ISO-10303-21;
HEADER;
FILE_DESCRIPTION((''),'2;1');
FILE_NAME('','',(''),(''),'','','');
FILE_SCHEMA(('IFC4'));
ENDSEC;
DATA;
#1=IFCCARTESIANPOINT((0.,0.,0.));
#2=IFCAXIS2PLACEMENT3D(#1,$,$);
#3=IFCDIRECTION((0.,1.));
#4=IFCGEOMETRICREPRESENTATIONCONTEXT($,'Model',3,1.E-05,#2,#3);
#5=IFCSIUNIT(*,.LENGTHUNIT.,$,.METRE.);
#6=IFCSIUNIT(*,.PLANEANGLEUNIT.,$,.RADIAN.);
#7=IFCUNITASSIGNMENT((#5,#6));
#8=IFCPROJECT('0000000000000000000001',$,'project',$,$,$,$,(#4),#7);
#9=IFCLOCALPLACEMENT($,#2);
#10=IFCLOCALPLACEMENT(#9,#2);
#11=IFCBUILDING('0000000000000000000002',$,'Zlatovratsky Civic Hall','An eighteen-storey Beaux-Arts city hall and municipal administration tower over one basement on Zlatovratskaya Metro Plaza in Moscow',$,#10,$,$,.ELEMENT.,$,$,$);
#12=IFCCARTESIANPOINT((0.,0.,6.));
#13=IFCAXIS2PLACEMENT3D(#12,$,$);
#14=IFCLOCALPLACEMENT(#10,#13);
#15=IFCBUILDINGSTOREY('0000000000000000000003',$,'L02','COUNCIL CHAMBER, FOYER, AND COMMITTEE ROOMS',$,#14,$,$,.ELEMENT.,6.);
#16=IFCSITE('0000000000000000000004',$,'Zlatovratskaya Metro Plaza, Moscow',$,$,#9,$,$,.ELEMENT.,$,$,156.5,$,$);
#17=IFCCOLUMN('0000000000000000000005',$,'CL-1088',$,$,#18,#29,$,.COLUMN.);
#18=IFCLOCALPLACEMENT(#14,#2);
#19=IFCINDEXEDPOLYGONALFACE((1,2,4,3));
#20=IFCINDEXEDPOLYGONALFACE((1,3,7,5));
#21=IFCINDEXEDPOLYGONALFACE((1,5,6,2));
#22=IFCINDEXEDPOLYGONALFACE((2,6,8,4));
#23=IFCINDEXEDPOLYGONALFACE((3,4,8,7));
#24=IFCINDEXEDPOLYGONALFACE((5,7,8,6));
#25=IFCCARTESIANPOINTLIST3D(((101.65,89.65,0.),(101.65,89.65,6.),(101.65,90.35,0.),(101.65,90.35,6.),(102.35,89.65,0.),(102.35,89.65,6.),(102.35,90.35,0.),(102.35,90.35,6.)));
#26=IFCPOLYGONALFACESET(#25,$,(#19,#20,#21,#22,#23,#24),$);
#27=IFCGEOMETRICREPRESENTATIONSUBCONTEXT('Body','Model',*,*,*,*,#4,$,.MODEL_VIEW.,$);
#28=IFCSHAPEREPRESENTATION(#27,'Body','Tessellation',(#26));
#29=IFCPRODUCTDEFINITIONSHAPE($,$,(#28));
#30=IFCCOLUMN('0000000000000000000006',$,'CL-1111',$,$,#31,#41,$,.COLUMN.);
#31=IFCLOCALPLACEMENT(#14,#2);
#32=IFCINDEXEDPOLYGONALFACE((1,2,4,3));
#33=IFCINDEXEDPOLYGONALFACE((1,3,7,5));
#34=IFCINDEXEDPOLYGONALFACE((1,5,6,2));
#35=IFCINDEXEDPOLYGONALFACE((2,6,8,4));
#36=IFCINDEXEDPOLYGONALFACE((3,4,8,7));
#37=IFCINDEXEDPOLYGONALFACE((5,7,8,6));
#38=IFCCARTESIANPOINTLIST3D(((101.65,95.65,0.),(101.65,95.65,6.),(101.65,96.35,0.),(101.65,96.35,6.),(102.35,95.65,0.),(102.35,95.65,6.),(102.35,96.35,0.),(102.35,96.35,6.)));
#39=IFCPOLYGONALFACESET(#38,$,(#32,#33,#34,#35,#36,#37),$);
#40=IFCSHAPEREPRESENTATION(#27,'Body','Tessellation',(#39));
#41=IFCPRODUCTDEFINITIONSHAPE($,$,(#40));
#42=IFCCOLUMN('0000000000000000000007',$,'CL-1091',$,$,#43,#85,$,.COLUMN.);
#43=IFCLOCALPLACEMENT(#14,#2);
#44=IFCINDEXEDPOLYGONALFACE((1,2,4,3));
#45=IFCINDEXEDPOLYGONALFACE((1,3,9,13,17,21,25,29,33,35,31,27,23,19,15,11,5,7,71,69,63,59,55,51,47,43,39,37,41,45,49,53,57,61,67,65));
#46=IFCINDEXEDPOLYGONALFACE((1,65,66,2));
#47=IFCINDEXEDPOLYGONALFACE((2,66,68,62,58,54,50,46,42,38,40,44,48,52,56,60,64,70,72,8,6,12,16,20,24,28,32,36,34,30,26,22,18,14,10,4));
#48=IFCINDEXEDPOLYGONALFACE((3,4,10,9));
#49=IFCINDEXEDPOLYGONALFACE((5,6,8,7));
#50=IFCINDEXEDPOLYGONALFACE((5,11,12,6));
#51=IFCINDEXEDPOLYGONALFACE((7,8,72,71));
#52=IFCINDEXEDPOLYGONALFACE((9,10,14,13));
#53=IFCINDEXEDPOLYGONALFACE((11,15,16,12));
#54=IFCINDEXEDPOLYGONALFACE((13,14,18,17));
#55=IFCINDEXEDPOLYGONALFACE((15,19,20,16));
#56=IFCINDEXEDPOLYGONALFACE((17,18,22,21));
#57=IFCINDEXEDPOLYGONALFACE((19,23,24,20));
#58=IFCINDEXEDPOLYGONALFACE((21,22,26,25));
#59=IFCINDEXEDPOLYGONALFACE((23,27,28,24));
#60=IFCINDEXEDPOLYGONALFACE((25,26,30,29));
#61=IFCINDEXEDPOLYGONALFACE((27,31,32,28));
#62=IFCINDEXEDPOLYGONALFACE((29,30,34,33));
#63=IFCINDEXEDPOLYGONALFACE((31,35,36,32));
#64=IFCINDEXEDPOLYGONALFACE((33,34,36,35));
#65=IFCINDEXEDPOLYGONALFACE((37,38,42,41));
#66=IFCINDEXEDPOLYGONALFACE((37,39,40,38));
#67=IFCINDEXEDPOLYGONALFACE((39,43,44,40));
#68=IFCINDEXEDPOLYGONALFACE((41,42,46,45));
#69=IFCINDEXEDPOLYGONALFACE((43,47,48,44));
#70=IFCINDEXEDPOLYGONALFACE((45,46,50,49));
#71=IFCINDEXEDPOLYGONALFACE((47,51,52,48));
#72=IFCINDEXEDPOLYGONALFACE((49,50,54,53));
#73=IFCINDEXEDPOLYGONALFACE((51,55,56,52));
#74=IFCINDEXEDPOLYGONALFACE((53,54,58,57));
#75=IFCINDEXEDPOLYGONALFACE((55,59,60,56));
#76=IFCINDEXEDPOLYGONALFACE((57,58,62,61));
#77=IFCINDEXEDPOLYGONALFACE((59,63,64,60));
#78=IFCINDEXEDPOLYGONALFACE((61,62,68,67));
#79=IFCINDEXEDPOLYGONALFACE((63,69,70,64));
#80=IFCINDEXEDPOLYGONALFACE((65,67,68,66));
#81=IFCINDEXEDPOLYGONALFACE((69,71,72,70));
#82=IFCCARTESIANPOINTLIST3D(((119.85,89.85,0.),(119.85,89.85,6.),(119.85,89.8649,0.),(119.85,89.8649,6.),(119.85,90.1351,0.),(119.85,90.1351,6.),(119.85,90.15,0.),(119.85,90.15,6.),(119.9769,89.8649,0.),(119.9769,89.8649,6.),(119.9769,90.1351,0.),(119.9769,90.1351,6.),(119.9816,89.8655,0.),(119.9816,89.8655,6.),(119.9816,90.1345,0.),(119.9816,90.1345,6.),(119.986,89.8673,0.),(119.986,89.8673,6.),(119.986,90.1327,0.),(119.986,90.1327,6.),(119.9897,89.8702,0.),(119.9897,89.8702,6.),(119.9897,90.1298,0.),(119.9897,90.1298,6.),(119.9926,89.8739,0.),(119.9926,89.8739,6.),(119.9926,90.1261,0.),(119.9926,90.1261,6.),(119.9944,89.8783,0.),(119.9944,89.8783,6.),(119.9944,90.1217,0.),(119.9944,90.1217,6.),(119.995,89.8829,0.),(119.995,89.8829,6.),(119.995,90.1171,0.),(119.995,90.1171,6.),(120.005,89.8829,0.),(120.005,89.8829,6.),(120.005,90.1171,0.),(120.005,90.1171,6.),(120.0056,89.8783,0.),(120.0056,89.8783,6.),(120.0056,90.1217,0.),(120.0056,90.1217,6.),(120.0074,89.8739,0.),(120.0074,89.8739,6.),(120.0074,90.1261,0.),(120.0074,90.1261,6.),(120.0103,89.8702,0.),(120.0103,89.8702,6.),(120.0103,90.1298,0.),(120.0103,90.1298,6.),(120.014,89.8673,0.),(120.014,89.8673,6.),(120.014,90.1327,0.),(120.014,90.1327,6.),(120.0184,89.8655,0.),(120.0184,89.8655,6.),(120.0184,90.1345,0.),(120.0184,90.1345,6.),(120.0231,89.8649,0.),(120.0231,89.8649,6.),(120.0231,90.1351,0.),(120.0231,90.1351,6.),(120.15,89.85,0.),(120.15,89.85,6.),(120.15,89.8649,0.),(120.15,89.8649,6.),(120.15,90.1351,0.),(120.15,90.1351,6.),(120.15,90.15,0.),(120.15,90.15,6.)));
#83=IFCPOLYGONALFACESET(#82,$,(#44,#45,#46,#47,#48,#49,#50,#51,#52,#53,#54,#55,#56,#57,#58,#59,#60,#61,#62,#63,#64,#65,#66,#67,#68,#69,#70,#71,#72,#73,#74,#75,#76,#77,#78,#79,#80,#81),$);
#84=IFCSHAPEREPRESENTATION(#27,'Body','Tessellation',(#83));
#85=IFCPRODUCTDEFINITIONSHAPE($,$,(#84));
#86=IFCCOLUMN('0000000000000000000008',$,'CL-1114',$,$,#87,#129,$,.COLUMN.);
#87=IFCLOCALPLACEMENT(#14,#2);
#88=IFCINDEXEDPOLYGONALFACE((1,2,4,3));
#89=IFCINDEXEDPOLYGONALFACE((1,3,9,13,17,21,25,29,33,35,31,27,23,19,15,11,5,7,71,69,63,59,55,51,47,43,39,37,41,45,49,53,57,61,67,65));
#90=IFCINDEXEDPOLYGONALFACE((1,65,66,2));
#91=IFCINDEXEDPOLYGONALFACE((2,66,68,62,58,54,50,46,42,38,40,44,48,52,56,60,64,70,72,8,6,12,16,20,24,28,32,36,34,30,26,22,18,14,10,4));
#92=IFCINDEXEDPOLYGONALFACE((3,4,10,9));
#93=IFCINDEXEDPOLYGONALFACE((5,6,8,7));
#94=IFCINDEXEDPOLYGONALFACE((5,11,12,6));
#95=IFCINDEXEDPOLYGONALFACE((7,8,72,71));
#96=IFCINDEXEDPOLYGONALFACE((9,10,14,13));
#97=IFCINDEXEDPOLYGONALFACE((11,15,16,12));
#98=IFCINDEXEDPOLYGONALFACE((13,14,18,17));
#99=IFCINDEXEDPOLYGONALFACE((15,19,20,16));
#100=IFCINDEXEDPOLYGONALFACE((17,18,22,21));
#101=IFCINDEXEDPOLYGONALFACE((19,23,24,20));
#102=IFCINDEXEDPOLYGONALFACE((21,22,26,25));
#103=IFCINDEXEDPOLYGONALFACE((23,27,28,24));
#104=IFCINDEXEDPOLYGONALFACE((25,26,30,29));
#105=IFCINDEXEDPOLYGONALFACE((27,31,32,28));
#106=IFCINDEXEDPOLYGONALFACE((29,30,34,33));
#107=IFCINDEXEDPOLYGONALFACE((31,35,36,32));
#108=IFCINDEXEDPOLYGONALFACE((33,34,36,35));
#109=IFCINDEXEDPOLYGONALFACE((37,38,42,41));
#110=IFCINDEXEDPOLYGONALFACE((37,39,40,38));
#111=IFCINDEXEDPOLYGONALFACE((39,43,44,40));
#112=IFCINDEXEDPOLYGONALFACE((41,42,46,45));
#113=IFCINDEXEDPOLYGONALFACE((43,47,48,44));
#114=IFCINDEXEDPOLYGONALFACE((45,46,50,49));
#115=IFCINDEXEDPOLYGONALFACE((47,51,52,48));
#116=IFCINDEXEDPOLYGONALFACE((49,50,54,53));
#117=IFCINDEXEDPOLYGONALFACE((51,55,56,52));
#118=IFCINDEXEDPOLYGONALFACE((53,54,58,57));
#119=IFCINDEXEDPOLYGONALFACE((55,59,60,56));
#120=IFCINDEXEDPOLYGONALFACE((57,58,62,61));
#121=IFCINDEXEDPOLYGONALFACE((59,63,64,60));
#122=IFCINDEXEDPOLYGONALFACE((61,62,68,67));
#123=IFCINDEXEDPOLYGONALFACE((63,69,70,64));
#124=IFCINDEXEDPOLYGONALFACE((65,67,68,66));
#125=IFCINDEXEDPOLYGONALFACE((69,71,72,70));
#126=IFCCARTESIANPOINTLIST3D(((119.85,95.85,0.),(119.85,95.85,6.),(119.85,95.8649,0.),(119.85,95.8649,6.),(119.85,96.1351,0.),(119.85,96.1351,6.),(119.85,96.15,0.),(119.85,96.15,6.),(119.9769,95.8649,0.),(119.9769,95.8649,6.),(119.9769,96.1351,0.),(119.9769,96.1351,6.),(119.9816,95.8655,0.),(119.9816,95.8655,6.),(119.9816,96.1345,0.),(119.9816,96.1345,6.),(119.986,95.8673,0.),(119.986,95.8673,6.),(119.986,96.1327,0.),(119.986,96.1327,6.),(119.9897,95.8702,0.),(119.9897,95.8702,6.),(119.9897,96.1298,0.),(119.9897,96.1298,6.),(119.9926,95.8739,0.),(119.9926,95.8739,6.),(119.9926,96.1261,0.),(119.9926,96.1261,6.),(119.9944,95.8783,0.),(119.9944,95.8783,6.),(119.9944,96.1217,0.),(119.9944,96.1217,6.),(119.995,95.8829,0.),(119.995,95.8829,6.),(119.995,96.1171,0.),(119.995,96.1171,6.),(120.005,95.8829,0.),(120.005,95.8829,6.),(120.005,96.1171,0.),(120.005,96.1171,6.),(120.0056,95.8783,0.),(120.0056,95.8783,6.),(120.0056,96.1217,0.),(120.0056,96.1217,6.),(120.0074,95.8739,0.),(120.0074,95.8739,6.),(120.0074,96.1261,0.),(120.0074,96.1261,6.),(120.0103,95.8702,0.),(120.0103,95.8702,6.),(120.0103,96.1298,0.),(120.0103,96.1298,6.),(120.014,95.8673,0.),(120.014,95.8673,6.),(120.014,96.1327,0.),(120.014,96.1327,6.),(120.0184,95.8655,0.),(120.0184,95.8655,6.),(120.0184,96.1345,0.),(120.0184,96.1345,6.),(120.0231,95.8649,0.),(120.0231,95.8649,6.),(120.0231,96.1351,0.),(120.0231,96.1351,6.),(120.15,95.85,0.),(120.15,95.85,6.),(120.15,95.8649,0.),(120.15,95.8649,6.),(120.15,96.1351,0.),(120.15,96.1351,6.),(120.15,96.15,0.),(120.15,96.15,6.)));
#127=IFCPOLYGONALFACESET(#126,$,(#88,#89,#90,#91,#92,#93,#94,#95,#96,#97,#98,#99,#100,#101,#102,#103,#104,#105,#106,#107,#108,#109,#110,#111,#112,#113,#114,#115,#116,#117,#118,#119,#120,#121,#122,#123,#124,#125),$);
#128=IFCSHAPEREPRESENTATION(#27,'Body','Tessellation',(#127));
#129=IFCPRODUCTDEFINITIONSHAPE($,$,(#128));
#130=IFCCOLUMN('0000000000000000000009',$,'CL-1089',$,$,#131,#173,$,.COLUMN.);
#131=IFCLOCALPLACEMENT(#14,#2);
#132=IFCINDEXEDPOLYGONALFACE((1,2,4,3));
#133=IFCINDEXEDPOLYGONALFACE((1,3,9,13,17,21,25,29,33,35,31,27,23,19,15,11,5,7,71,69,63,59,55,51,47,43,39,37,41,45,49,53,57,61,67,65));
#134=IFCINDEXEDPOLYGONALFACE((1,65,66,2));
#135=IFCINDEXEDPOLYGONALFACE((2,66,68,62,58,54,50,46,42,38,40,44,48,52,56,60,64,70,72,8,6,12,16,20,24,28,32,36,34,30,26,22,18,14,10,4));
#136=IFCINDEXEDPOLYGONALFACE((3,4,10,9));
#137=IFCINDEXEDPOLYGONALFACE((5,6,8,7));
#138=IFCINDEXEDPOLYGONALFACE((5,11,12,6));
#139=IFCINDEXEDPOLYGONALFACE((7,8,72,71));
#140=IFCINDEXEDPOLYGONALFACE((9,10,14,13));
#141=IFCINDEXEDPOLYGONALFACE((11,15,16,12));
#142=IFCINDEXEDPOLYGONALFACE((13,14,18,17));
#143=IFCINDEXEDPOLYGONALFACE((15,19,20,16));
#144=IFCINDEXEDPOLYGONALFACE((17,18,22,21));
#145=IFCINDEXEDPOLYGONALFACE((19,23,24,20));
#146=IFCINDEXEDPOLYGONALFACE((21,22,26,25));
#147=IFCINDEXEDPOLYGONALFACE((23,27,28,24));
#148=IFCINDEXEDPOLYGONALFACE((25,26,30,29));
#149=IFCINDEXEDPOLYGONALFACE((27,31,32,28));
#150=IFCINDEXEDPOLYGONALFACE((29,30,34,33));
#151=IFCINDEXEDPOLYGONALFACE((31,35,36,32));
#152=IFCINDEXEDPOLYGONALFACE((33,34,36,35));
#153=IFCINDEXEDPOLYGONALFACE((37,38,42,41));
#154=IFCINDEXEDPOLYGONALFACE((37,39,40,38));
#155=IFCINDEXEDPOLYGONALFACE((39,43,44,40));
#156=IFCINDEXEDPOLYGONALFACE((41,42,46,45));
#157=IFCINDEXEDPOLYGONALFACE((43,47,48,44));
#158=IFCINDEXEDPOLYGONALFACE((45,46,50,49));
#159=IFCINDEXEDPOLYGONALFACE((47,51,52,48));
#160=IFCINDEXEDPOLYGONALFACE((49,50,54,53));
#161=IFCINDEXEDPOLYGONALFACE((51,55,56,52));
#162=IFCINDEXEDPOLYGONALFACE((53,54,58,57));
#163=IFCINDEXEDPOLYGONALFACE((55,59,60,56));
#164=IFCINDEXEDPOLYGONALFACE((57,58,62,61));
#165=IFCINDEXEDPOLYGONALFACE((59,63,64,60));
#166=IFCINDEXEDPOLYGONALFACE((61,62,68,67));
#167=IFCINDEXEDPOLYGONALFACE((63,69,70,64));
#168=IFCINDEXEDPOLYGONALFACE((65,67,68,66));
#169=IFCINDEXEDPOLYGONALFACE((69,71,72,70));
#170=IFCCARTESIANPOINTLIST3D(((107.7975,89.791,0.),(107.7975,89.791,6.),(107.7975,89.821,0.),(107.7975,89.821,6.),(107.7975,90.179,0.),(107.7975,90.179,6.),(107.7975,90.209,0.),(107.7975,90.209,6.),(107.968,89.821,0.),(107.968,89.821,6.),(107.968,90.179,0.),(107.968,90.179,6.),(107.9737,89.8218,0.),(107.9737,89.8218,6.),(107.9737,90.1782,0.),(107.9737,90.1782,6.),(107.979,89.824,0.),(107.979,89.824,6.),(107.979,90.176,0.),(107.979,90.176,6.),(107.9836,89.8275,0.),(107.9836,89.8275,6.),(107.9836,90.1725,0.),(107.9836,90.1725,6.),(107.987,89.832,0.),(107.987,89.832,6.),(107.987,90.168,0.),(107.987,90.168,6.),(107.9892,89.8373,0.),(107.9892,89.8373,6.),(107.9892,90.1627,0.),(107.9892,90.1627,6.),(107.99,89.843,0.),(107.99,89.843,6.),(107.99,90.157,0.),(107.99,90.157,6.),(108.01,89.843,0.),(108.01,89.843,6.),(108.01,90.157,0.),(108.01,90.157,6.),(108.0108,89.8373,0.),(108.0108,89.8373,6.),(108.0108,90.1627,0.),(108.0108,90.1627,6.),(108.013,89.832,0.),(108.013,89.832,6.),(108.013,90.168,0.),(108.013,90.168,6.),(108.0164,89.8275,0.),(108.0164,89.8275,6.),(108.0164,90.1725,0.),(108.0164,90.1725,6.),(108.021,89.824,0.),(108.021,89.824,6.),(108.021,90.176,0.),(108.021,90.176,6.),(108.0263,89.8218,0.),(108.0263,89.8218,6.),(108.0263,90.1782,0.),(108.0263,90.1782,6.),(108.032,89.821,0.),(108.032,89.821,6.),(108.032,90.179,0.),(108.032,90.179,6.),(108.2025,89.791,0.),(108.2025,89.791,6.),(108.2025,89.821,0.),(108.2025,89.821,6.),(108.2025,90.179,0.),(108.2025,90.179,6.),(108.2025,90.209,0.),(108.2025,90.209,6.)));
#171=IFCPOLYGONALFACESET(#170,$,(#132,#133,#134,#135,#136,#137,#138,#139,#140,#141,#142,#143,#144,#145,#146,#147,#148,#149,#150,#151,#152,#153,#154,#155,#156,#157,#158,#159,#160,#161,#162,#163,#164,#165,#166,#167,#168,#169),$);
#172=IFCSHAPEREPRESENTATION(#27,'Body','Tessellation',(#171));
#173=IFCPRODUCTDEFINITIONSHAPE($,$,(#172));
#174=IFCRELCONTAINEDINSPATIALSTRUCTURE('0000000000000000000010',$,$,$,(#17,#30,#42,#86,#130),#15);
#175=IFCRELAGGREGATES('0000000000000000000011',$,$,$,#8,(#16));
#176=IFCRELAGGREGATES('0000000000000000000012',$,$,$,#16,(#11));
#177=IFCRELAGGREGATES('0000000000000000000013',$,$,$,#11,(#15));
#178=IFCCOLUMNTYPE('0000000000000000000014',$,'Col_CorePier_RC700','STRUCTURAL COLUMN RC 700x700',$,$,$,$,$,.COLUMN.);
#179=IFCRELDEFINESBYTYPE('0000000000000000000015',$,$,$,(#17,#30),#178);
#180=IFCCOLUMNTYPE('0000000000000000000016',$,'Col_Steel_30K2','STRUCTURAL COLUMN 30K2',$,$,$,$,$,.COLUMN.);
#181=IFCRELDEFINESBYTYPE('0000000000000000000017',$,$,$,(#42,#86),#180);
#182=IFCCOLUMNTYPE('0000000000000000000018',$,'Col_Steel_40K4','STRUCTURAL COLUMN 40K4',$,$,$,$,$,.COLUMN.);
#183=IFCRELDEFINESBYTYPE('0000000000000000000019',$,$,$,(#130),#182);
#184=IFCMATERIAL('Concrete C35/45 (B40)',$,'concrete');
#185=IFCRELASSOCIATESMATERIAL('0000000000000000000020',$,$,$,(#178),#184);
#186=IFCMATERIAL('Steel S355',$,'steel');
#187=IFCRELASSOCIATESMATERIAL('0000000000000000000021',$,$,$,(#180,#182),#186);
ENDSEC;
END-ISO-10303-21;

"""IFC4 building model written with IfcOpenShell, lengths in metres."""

from ifc_helpers import new_model, si_unit, direction, frame, origin, origin_2d, place, context, subcontext, project, spatial, rectangle, i_section, extrude, material, material_profile, profile_set, type_object, element, save


model = new_model("IFC4")

# Units and contexts
model_context = context("Model", 3, precision=1e-05, world=origin(), true_north=direction((0.0, 1.0)))
body_context = subcontext(model_context, "Body", "Model", "MODEL_VIEW")
ifc_project = project(units=[si_unit("LENGTHUNIT", "METRE"), si_unit("PLANEANGLEUNIT", "RADIAN")], contexts=[model_context])

# Site, building, storey
site_placement = place(None, origin())
site = spatial("IfcSite", under=ifc_project, at=site_placement, Name="Zlatovratskaya Metro Plaza, Moscow", CompositionType="ELEMENT", RefElevation=156.5)
building_placement = place(site_placement, origin())
building = spatial("IfcBuilding", under=site, at=building_placement, Name="Zlatovratsky Civic Hall", Description="An eighteen-storey Beaux-Arts city hall and municipal administration tower over one basement on Zlatovratskaya Metro Plaza in Moscow", CompositionType="ELEMENT")
storey_placement = place(building_placement, frame((0.0, 0.0, 6.0)))
storey = spatial("IfcBuildingStorey", under=building, at=storey_placement, Name="L02", Description="COUNCIL CHAMBER, FOYER, AND COMMITTEE ROOMS", CompositionType="ELEMENT", Elevation=6.0)

# Columns
ifc_material_1 = material(Name="Concrete C35/45 (B40)", Category="concrete")
ifc_material_profile_1 = material_profile(ifc_material_1, rectangle(XDim=0.7, YDim=0.7, at=origin_2d()), Name="RC 700x700")
ifc_profile_set_1 = profile_set([ifc_material_profile_1], Name="Concrete C35/45 (B40)")
column_type_1 = type_object("IfcColumnType", Name="Col_CorePier_RC700", Description="STRUCTURAL COLUMN RC 700x700", PredefinedType="COLUMN", material=ifc_profile_set_1)
for number, where, z_axis, x_axis, name in (
    (1, (102.0, 90.0, 0.0), (0.0, 0.0, 1.0), (1.0, 0.0, 0.0), "CL-1088"),
    (2, (102.0, 96.0, 0.0), (0.0, 0.0, 1.0), (1.0, 0.0, 0.0), "CL-1111"),
):
    element("IfcColumn", number, at=place(storey_placement, frame(where, z_axis=z_axis, x_axis=x_axis)), inside=storey, type_object=column_type_1, Name=name, PredefinedType="COLUMN", context=body_context, shape_type="SweptSolid", body=[
        extrude(rectangle(XDim=0.7, YDim=0.7, at=origin_2d()), origin(), (0.0, 0.0, 1.0), 6.0),
    ])
ifc_material_2 = material(Name="Steel S355", Category="steel")
ifc_material_profile_2 = material_profile(ifc_material_2, i_section(OverallWidth=0.3, OverallDepth=0.3, WebThickness=0.01, FlangeThickness=0.0149, FilletRadius=0.0181, at=origin_2d()), Name="30K2")
ifc_profile_set_2 = profile_set([ifc_material_profile_2], Name="Steel S355")
column_type_2 = type_object("IfcColumnType", Name="Col_Steel_30K2", Description="STRUCTURAL COLUMN 30K2", PredefinedType="COLUMN", material=ifc_profile_set_2)
for number, where, z_axis, x_axis, name in (
    (3, (120.0, 90.0, 0.0), (0.0, 0.0, 1.0), (1.0, 0.0, 0.0), "CL-1091"),
    (4, (120.0, 96.0, 0.0), (0.0, 0.0, 1.0), (1.0, 0.0, 0.0), "CL-1114"),
):
    element("IfcColumn", number, at=place(storey_placement, frame(where, z_axis=z_axis, x_axis=x_axis)), inside=storey, type_object=column_type_2, Name=name, PredefinedType="COLUMN", context=body_context, shape_type="SweptSolid", body=[
        extrude(i_section(OverallWidth=0.3, OverallDepth=0.3, WebThickness=0.01, FlangeThickness=0.0149, FilletRadius=0.0181, at=origin_2d()), origin(), (0.0, 0.0, 1.0), 6.0),
    ])
ifc_material_profile_3 = material_profile(ifc_material_2, i_section(OverallWidth=0.405, OverallDepth=0.418, WebThickness=0.02, FlangeThickness=0.03, FilletRadius=0.022, at=origin_2d()), Name="40K4")
ifc_profile_set_3 = profile_set([ifc_material_profile_3], Name="Steel S355")
column_type_3 = type_object("IfcColumnType", Name="Col_Steel_40K4", Description="STRUCTURAL COLUMN 40K4", PredefinedType="COLUMN", material=ifc_profile_set_3)
for number, where, z_axis, x_axis, name in (
    (5, (108.0, 90.0, 0.0), (0.0, 0.0, 1.0), (1.0, 0.0, 0.0), "CL-1089"),
):
    element("IfcColumn", number, at=place(storey_placement, frame(where, z_axis=z_axis, x_axis=x_axis)), inside=storey, type_object=column_type_3, Name=name, PredefinedType="COLUMN", context=body_context, shape_type="SweptSolid", body=[
        extrude(i_section(OverallWidth=0.405, OverallDepth=0.418, WebThickness=0.02, FlangeThickness=0.03, FilletRadius=0.022, at=origin_2d()), origin(), (0.0, 0.0, 1.0), 6.0),
    ])

save(model, "model.ifc")
